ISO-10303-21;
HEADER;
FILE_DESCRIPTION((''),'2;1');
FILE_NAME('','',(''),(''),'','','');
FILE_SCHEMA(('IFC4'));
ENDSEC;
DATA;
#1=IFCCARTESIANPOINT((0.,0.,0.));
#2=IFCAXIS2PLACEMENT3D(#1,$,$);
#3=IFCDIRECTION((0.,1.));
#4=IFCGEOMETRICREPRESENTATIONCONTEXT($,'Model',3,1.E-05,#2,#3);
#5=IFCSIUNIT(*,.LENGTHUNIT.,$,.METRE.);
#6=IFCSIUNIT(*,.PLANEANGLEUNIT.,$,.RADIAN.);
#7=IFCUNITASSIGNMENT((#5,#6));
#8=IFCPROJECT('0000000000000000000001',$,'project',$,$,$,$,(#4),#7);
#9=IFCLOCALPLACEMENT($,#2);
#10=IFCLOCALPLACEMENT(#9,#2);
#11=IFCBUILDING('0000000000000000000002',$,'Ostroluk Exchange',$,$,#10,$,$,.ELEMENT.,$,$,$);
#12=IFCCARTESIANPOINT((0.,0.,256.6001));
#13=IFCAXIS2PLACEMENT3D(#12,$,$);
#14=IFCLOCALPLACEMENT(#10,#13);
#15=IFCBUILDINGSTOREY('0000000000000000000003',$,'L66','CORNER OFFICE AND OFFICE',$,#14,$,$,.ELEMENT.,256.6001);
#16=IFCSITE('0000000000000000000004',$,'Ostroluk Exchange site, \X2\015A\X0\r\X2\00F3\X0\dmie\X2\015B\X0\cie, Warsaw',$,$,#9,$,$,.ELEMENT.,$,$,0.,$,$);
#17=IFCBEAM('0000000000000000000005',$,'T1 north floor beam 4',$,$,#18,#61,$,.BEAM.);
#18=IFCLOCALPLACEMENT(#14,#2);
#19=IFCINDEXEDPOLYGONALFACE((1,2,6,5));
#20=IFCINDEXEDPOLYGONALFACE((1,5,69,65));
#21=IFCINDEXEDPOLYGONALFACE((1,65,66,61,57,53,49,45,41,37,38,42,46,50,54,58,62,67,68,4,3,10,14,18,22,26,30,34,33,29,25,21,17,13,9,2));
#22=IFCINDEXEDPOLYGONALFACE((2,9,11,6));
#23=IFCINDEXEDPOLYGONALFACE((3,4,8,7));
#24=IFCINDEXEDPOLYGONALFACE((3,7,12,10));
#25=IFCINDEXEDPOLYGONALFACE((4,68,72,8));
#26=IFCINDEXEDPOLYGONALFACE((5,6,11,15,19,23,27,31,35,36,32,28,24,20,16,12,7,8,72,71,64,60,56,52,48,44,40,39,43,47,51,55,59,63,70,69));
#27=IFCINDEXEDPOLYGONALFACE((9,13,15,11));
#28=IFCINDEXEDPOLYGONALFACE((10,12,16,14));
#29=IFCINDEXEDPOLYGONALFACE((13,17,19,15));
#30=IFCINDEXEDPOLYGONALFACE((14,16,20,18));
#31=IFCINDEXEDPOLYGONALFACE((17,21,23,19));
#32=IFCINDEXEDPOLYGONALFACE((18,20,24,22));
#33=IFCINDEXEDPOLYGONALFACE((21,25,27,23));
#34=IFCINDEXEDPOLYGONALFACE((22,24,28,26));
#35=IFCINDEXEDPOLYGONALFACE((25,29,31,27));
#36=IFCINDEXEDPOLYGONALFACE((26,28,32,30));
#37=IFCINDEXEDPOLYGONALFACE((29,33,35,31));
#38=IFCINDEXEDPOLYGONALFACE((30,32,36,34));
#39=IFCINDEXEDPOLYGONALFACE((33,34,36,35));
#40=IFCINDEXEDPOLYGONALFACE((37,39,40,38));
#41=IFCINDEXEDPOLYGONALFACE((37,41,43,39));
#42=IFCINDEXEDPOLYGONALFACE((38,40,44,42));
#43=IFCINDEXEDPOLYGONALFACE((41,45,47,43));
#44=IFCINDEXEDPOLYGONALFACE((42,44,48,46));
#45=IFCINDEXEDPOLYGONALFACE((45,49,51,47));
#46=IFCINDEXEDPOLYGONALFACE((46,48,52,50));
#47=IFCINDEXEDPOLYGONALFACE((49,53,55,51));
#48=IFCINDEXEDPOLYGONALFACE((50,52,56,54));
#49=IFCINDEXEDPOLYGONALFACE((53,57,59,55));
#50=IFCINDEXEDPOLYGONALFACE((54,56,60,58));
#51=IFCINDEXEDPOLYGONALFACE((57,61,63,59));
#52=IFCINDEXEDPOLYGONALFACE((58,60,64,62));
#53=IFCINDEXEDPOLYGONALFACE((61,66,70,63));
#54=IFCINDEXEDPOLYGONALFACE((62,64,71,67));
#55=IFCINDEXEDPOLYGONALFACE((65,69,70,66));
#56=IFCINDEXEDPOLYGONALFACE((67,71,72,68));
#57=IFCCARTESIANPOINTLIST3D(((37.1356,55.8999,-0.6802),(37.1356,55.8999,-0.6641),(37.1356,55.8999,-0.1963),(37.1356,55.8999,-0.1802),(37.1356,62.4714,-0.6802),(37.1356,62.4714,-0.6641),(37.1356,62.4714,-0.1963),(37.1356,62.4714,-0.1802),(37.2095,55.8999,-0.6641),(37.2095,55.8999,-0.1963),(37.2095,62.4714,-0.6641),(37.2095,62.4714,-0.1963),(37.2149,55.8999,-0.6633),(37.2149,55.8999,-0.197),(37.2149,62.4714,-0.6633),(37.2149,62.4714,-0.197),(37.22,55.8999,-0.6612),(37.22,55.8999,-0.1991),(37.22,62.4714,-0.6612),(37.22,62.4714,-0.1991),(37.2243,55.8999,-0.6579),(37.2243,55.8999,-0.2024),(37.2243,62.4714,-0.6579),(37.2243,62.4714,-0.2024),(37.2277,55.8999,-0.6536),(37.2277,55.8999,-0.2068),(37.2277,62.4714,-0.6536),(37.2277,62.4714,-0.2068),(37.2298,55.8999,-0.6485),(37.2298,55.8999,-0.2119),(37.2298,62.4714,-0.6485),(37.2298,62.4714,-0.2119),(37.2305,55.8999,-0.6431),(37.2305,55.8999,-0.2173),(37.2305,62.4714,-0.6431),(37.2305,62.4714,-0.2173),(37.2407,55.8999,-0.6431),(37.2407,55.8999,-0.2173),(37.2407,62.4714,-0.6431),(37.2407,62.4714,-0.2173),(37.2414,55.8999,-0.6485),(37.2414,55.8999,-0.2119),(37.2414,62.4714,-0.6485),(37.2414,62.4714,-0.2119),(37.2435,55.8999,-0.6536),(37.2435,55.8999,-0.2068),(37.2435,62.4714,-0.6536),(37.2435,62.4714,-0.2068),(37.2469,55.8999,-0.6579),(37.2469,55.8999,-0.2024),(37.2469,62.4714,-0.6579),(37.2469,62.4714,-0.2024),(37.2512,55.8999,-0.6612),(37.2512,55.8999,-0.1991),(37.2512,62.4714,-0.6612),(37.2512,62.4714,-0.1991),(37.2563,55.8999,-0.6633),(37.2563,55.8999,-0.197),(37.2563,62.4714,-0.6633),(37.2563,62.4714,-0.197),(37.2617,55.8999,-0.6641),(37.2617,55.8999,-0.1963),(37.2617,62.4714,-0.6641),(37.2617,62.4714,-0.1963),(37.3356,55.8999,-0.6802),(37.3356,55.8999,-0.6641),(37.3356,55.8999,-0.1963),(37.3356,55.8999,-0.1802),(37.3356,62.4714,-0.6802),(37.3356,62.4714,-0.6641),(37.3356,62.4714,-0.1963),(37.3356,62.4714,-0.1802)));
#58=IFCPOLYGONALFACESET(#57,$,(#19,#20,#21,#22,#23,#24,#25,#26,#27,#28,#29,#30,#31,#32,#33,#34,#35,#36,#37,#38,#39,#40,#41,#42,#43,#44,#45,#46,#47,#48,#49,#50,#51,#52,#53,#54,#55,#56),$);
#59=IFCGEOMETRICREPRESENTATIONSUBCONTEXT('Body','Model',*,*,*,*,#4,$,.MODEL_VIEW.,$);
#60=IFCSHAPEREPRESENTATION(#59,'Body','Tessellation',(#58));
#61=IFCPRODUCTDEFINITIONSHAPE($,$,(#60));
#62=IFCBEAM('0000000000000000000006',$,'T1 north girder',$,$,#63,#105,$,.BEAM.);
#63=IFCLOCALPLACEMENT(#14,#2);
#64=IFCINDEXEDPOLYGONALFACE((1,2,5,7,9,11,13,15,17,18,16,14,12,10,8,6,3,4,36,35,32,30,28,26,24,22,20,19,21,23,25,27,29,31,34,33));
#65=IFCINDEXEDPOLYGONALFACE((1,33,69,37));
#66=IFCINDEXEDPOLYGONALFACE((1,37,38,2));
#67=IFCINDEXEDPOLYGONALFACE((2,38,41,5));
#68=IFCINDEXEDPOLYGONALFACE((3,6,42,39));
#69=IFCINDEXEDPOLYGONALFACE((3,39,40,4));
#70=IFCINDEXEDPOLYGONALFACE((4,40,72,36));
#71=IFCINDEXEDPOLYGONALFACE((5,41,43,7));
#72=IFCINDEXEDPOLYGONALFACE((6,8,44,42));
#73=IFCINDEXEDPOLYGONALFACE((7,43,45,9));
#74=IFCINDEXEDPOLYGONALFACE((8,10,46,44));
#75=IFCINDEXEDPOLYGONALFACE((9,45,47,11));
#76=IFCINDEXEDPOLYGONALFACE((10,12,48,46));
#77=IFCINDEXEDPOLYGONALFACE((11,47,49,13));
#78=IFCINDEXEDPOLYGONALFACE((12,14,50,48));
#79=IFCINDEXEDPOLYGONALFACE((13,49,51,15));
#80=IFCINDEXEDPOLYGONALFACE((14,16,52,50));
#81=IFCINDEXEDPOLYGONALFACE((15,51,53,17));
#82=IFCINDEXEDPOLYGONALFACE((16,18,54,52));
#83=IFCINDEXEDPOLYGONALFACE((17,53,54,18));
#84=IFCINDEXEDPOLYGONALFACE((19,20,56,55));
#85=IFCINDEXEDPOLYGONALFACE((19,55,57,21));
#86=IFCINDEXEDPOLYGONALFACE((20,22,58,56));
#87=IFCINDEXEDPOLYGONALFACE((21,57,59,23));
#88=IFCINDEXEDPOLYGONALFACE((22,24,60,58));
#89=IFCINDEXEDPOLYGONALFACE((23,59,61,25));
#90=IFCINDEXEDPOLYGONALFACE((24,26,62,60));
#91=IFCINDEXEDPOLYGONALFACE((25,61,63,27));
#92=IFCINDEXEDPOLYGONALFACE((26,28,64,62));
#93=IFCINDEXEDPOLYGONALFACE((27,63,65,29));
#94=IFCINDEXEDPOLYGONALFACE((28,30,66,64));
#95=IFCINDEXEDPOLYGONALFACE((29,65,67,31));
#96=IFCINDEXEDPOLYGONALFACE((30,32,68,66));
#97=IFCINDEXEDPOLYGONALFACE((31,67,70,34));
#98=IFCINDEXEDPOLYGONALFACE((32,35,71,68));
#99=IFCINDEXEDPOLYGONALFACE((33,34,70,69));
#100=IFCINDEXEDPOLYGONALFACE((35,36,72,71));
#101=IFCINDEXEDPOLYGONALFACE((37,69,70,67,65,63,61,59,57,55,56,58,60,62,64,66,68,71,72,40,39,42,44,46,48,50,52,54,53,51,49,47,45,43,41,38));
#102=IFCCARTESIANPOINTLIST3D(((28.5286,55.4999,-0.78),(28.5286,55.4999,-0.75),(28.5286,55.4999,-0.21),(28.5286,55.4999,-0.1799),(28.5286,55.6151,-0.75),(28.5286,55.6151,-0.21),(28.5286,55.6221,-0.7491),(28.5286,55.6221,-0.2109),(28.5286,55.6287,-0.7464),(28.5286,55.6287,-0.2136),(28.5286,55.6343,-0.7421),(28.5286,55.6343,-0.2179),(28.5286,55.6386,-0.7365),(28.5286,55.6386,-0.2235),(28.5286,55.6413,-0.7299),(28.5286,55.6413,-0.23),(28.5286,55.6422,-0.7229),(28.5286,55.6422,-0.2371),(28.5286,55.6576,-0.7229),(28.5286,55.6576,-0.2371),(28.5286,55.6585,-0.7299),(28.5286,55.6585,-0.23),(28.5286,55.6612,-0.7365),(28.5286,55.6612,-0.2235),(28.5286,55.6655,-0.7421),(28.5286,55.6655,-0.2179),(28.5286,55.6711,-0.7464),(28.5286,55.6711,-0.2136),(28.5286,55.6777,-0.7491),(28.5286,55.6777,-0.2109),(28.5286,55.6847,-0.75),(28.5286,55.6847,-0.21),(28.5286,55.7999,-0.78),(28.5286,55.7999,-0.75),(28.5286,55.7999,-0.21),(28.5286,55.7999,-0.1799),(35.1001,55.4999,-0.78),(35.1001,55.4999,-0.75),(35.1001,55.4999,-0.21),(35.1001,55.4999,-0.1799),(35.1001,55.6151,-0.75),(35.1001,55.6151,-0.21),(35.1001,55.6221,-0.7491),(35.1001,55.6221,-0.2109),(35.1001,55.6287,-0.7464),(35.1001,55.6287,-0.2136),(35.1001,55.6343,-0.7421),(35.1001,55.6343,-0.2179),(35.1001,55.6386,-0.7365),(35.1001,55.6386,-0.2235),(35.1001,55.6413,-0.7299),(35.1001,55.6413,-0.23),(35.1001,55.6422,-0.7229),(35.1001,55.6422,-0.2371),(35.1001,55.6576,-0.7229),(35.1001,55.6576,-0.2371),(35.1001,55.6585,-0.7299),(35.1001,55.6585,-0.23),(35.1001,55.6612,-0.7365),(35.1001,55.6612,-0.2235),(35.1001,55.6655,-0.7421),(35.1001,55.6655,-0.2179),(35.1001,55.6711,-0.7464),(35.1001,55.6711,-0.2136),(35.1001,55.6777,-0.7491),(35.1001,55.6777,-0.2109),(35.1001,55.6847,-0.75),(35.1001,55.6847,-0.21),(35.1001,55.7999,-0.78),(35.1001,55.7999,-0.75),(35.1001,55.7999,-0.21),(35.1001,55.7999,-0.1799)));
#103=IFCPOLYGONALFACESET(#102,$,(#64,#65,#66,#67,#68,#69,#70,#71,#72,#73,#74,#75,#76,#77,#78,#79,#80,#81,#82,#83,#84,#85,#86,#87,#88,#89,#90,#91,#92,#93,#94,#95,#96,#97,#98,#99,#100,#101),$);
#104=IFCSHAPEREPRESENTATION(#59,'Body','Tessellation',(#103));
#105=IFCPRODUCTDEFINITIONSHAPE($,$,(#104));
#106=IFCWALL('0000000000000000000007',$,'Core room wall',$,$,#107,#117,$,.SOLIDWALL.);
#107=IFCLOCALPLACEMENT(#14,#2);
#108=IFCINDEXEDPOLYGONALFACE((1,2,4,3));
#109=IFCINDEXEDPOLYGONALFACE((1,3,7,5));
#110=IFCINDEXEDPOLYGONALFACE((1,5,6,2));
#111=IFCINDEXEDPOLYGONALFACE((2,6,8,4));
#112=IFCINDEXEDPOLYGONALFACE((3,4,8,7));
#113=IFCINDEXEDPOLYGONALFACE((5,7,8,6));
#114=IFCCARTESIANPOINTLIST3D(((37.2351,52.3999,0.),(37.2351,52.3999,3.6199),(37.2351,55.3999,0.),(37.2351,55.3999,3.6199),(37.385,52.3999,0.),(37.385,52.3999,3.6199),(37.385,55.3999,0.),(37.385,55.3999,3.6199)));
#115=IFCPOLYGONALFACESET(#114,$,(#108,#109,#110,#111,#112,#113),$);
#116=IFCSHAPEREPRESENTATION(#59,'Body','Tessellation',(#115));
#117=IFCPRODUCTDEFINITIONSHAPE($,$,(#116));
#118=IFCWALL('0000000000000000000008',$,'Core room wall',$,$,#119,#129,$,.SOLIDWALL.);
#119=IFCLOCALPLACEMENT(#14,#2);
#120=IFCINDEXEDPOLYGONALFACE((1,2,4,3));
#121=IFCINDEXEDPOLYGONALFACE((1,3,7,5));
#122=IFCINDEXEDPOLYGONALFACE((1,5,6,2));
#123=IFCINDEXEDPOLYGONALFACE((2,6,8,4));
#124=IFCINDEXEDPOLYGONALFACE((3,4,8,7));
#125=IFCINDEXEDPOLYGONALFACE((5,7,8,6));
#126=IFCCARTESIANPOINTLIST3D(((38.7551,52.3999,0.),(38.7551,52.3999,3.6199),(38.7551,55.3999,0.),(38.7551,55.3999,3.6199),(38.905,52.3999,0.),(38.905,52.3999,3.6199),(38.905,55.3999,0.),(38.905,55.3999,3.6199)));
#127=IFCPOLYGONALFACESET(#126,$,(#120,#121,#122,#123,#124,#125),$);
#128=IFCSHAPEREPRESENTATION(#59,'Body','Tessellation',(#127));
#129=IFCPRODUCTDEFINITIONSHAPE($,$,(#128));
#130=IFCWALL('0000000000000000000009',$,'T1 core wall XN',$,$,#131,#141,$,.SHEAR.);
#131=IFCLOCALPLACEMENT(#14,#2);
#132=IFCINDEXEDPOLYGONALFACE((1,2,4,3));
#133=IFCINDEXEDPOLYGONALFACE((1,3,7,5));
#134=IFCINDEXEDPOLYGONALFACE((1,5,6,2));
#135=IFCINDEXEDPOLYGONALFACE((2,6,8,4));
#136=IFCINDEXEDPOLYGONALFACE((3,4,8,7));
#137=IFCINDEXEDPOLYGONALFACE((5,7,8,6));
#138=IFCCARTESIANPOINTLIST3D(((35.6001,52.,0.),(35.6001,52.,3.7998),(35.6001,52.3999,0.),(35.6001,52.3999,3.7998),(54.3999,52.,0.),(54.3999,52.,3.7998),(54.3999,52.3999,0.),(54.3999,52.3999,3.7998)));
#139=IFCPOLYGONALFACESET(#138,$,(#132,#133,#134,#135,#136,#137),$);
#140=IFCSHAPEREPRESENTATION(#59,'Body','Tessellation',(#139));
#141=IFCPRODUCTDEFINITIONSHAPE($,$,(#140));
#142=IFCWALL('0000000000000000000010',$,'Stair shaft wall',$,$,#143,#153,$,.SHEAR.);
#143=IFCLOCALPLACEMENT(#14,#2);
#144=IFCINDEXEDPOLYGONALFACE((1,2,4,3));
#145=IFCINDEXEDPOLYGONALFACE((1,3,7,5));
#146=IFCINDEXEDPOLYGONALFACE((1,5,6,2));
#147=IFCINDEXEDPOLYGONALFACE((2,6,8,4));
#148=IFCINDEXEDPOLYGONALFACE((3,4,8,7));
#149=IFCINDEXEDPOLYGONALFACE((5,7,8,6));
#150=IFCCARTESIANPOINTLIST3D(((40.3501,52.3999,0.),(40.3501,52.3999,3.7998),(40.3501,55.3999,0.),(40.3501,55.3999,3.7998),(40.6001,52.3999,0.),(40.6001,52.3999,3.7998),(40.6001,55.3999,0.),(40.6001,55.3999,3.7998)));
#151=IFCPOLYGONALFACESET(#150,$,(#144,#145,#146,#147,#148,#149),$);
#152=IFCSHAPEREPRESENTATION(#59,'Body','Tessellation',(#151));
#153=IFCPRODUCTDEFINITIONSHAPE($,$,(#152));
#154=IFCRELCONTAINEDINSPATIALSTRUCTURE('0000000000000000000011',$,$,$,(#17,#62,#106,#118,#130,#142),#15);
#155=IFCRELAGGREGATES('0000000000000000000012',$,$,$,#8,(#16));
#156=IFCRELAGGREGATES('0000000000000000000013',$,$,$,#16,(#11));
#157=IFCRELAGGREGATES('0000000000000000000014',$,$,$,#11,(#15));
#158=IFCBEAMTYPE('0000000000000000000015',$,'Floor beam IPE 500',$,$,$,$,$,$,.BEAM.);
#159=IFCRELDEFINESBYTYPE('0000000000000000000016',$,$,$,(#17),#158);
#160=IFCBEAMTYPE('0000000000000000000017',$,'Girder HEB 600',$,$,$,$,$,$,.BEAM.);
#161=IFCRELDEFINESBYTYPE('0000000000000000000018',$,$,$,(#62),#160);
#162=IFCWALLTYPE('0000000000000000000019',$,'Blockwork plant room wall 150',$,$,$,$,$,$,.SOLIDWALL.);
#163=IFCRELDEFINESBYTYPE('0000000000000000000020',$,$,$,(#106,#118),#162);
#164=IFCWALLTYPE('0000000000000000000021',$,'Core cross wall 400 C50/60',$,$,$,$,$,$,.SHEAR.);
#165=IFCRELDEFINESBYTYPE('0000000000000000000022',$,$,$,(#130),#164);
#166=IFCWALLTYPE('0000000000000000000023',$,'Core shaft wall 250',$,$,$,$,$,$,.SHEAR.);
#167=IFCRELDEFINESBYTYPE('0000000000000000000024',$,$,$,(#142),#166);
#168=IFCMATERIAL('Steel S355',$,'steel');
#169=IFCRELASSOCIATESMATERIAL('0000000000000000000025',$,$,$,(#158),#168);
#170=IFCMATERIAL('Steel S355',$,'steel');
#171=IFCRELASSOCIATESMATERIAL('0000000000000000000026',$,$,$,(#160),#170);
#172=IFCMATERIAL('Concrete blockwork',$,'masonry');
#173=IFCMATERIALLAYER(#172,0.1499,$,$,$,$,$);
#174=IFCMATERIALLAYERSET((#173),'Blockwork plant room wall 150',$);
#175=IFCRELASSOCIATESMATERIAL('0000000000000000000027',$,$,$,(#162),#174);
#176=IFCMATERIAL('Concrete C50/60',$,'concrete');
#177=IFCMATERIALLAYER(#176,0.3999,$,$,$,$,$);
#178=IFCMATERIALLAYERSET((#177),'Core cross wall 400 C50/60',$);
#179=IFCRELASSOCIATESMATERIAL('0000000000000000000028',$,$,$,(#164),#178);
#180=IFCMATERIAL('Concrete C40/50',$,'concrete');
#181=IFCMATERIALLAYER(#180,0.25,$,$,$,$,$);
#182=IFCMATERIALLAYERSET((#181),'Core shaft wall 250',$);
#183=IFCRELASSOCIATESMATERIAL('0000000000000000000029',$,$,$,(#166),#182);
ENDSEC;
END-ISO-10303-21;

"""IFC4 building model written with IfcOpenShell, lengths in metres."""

from ifc_helpers import new_model, si_unit, direction, frame, frame_2d, origin, origin_2d, place, context, subcontext, project, spatial, rectangle, i_section, extrude, material, layer, layer_set, material_profile, profile_set, type_object, element, save


model = new_model("IFC4")

# Units and contexts
model_context = context("Model", 3, precision=1e-05, world=origin(), true_north=direction((0.0, 1.0)))
body_context = subcontext(model_context, "Body", "Model", "MODEL_VIEW")
ifc_project = project(units=[si_unit("LENGTHUNIT", "METRE"), si_unit("PLANEANGLEUNIT", "RADIAN")], contexts=[model_context])

# Site, building, storey
site_placement = place(None, origin())
site = spatial("IfcSite", under=ifc_project, at=site_placement, Name="Ostroluk Exchange site, Śródmieście, Warsaw", CompositionType="ELEMENT", RefElevation=0.0)
building_placement = place(site_placement, origin())
building = spatial("IfcBuilding", under=site, at=building_placement, Name="Ostroluk Exchange", CompositionType="ELEMENT")
storey_placement = place(building_placement, frame((0.0, 0.0, 256.6001)))
storey = spatial("IfcBuildingStorey", under=building, at=storey_placement, Name="L66", Description="CORNER OFFICE AND OFFICE", CompositionType="ELEMENT", Elevation=256.6001)

# Beams
ifc_material_1 = material(Name="Steel S355", Category="steel")
ifc_material_profile_1 = material_profile(ifc_material_1, i_section(OverallWidth=0.2, OverallDepth=0.5, WebThickness=0.0103, FlangeThickness=0.0161, FilletRadius=0.021, at=origin_2d()), Name="IPE 500")
ifc_profile_set_1 = profile_set([ifc_material_profile_1], Name="Steel S355")
beam_type_1 = type_object("IfcBeamType", Name="Floor beam IPE 500", PredefinedType="BEAM", material=ifc_profile_set_1)
beam_1_placement = place(storey_placement, frame((37.2356, 55.8999, -0.4302), z_axis=(0.0, 1.0, 0.0), x_axis=(-1.0, 0.0, 0.0)))
element("IfcBeam", 1, at=beam_1_placement, inside=storey, type_object=beam_type_1, Name="T1 north floor beam 4", PredefinedType="BEAM", context=body_context, shape_type="SweptSolid", body=[
    extrude(i_section(OverallWidth=0.2, OverallDepth=0.5, WebThickness=0.0103, FlangeThickness=0.0161, FilletRadius=0.021, at=origin_2d()), origin(), (0.0, 0.0, 1.0), 6.5715),
])
ifc_material_2 = material(Name="Steel S355", Category="steel")
ifc_material_profile_2 = material_profile(ifc_material_2, i_section(OverallWidth=0.3, OverallDepth=0.6001, WebThickness=0.0154, FlangeThickness=0.03, FilletRadius=0.0271, at=origin_2d()), Name="HEB 600")
ifc_profile_set_2 = profile_set([ifc_material_profile_2], Name="Steel S355")
beam_type_2 = type_object("IfcBeamType", Name="Girder HEB 600", PredefinedType="BEAM", material=ifc_profile_set_2)
beam_2_placement = place(storey_placement, frame((35.1001, 55.6499, -0.48), z_axis=(-1.0, 0.0, 0.0), x_axis=(0.0, -1.0, 0.0)))
element("IfcBeam", 2, at=beam_2_placement, inside=storey, type_object=beam_type_2, Name="T1 north girder", PredefinedType="BEAM", context=body_context, shape_type="SweptSolid", body=[
    extrude(i_section(OverallWidth=0.3, OverallDepth=0.6001, WebThickness=0.0154, FlangeThickness=0.03, FilletRadius=0.0271, at=origin_2d()), origin(), (0.0, 0.0, 1.0), 6.5715),
])

# Walls
ifc_material_3 = material(Name="Concrete blockwork", Category="masonry")
ifc_layer_1 = layer(ifc_material_3, 0.1499)
ifc_layer_set_1 = layer_set([ifc_layer_1], Name="Blockwork plant room wall 150")
wall_type_1 = type_object("IfcWallType", Name="Blockwork plant room wall 150", PredefinedType="SOLIDWALL", material=ifc_layer_set_1)
for number, where, z_axis, x_axis, name in (
    (3, (37.3101, 52.3999, 0.0), (0.0, 0.0, 1.0), (0.0, 1.0, 0.0), "Core room wall"),
    (4, (38.8301, 52.3999, 0.0), (0.0, 0.0, 1.0), (0.0, 1.0, 0.0), "Core room wall"),
):
    element("IfcWall", number, at=place(storey_placement, frame(where, z_axis=z_axis, x_axis=x_axis)), inside=storey, type_object=wall_type_1, Name=name, PredefinedType="SOLIDWALL", context=body_context, shape_type="SweptSolid", body=[
        extrude(rectangle(XDim=3.0, YDim=0.1499, at=frame_2d((1.5, 0.0))), origin(), (0.0, 0.0, 1.0), 3.6199),
    ])
ifc_material_4 = material(Name="Concrete C50/60", Category="concrete")
ifc_layer_2 = layer(ifc_material_4, 0.3999)
ifc_layer_set_2 = layer_set([ifc_layer_2], Name="Core cross wall 400 C50/60")
wall_type_2 = type_object("IfcWallType", Name="Core cross wall 400 C50/60", PredefinedType="SHEAR", material=ifc_layer_set_2)
wall_1_placement = place(storey_placement, frame((35.6001, 52.2, 0.0), z_axis=(0.0, 0.0, 1.0), x_axis=(1.0, 0.0, 0.0)))
element("IfcWall", 5, at=wall_1_placement, inside=storey, type_object=wall_type_2, Name="T1 core wall XN", PredefinedType="SHEAR", context=body_context, shape_type="SweptSolid", body=[
    extrude(rectangle(XDim=18.7998, YDim=0.3999, at=frame_2d((9.3999, 0.0))), origin(), (0.0, 0.0, 1.0), 3.7998),
])
ifc_material_5 = material(Name="Concrete C40/50", Category="concrete")
ifc_layer_3 = layer(ifc_material_5, 0.25)
ifc_layer_set_3 = layer_set([ifc_layer_3], Name="Core shaft wall 250")
wall_type_3 = type_object("IfcWallType", Name="Core shaft wall 250", PredefinedType="SHEAR", material=ifc_layer_set_3)
wall_2_placement = place(storey_placement, frame((40.4751, 52.3999, 0.0), z_axis=(0.0, 0.0, 1.0), x_axis=(0.0, 1.0, 0.0)))
element("IfcWall", 6, at=wall_2_placement, inside=storey, type_object=wall_type_3, Name="Stair shaft wall", PredefinedType="SHEAR", context=body_context, shape_type="SweptSolid", body=[
    extrude(rectangle(XDim=3.0, YDim=0.25, at=frame_2d((1.5, 0.0))), origin(), (0.0, 0.0, 1.0), 3.7998),
])

save(model, "model.ifc")
